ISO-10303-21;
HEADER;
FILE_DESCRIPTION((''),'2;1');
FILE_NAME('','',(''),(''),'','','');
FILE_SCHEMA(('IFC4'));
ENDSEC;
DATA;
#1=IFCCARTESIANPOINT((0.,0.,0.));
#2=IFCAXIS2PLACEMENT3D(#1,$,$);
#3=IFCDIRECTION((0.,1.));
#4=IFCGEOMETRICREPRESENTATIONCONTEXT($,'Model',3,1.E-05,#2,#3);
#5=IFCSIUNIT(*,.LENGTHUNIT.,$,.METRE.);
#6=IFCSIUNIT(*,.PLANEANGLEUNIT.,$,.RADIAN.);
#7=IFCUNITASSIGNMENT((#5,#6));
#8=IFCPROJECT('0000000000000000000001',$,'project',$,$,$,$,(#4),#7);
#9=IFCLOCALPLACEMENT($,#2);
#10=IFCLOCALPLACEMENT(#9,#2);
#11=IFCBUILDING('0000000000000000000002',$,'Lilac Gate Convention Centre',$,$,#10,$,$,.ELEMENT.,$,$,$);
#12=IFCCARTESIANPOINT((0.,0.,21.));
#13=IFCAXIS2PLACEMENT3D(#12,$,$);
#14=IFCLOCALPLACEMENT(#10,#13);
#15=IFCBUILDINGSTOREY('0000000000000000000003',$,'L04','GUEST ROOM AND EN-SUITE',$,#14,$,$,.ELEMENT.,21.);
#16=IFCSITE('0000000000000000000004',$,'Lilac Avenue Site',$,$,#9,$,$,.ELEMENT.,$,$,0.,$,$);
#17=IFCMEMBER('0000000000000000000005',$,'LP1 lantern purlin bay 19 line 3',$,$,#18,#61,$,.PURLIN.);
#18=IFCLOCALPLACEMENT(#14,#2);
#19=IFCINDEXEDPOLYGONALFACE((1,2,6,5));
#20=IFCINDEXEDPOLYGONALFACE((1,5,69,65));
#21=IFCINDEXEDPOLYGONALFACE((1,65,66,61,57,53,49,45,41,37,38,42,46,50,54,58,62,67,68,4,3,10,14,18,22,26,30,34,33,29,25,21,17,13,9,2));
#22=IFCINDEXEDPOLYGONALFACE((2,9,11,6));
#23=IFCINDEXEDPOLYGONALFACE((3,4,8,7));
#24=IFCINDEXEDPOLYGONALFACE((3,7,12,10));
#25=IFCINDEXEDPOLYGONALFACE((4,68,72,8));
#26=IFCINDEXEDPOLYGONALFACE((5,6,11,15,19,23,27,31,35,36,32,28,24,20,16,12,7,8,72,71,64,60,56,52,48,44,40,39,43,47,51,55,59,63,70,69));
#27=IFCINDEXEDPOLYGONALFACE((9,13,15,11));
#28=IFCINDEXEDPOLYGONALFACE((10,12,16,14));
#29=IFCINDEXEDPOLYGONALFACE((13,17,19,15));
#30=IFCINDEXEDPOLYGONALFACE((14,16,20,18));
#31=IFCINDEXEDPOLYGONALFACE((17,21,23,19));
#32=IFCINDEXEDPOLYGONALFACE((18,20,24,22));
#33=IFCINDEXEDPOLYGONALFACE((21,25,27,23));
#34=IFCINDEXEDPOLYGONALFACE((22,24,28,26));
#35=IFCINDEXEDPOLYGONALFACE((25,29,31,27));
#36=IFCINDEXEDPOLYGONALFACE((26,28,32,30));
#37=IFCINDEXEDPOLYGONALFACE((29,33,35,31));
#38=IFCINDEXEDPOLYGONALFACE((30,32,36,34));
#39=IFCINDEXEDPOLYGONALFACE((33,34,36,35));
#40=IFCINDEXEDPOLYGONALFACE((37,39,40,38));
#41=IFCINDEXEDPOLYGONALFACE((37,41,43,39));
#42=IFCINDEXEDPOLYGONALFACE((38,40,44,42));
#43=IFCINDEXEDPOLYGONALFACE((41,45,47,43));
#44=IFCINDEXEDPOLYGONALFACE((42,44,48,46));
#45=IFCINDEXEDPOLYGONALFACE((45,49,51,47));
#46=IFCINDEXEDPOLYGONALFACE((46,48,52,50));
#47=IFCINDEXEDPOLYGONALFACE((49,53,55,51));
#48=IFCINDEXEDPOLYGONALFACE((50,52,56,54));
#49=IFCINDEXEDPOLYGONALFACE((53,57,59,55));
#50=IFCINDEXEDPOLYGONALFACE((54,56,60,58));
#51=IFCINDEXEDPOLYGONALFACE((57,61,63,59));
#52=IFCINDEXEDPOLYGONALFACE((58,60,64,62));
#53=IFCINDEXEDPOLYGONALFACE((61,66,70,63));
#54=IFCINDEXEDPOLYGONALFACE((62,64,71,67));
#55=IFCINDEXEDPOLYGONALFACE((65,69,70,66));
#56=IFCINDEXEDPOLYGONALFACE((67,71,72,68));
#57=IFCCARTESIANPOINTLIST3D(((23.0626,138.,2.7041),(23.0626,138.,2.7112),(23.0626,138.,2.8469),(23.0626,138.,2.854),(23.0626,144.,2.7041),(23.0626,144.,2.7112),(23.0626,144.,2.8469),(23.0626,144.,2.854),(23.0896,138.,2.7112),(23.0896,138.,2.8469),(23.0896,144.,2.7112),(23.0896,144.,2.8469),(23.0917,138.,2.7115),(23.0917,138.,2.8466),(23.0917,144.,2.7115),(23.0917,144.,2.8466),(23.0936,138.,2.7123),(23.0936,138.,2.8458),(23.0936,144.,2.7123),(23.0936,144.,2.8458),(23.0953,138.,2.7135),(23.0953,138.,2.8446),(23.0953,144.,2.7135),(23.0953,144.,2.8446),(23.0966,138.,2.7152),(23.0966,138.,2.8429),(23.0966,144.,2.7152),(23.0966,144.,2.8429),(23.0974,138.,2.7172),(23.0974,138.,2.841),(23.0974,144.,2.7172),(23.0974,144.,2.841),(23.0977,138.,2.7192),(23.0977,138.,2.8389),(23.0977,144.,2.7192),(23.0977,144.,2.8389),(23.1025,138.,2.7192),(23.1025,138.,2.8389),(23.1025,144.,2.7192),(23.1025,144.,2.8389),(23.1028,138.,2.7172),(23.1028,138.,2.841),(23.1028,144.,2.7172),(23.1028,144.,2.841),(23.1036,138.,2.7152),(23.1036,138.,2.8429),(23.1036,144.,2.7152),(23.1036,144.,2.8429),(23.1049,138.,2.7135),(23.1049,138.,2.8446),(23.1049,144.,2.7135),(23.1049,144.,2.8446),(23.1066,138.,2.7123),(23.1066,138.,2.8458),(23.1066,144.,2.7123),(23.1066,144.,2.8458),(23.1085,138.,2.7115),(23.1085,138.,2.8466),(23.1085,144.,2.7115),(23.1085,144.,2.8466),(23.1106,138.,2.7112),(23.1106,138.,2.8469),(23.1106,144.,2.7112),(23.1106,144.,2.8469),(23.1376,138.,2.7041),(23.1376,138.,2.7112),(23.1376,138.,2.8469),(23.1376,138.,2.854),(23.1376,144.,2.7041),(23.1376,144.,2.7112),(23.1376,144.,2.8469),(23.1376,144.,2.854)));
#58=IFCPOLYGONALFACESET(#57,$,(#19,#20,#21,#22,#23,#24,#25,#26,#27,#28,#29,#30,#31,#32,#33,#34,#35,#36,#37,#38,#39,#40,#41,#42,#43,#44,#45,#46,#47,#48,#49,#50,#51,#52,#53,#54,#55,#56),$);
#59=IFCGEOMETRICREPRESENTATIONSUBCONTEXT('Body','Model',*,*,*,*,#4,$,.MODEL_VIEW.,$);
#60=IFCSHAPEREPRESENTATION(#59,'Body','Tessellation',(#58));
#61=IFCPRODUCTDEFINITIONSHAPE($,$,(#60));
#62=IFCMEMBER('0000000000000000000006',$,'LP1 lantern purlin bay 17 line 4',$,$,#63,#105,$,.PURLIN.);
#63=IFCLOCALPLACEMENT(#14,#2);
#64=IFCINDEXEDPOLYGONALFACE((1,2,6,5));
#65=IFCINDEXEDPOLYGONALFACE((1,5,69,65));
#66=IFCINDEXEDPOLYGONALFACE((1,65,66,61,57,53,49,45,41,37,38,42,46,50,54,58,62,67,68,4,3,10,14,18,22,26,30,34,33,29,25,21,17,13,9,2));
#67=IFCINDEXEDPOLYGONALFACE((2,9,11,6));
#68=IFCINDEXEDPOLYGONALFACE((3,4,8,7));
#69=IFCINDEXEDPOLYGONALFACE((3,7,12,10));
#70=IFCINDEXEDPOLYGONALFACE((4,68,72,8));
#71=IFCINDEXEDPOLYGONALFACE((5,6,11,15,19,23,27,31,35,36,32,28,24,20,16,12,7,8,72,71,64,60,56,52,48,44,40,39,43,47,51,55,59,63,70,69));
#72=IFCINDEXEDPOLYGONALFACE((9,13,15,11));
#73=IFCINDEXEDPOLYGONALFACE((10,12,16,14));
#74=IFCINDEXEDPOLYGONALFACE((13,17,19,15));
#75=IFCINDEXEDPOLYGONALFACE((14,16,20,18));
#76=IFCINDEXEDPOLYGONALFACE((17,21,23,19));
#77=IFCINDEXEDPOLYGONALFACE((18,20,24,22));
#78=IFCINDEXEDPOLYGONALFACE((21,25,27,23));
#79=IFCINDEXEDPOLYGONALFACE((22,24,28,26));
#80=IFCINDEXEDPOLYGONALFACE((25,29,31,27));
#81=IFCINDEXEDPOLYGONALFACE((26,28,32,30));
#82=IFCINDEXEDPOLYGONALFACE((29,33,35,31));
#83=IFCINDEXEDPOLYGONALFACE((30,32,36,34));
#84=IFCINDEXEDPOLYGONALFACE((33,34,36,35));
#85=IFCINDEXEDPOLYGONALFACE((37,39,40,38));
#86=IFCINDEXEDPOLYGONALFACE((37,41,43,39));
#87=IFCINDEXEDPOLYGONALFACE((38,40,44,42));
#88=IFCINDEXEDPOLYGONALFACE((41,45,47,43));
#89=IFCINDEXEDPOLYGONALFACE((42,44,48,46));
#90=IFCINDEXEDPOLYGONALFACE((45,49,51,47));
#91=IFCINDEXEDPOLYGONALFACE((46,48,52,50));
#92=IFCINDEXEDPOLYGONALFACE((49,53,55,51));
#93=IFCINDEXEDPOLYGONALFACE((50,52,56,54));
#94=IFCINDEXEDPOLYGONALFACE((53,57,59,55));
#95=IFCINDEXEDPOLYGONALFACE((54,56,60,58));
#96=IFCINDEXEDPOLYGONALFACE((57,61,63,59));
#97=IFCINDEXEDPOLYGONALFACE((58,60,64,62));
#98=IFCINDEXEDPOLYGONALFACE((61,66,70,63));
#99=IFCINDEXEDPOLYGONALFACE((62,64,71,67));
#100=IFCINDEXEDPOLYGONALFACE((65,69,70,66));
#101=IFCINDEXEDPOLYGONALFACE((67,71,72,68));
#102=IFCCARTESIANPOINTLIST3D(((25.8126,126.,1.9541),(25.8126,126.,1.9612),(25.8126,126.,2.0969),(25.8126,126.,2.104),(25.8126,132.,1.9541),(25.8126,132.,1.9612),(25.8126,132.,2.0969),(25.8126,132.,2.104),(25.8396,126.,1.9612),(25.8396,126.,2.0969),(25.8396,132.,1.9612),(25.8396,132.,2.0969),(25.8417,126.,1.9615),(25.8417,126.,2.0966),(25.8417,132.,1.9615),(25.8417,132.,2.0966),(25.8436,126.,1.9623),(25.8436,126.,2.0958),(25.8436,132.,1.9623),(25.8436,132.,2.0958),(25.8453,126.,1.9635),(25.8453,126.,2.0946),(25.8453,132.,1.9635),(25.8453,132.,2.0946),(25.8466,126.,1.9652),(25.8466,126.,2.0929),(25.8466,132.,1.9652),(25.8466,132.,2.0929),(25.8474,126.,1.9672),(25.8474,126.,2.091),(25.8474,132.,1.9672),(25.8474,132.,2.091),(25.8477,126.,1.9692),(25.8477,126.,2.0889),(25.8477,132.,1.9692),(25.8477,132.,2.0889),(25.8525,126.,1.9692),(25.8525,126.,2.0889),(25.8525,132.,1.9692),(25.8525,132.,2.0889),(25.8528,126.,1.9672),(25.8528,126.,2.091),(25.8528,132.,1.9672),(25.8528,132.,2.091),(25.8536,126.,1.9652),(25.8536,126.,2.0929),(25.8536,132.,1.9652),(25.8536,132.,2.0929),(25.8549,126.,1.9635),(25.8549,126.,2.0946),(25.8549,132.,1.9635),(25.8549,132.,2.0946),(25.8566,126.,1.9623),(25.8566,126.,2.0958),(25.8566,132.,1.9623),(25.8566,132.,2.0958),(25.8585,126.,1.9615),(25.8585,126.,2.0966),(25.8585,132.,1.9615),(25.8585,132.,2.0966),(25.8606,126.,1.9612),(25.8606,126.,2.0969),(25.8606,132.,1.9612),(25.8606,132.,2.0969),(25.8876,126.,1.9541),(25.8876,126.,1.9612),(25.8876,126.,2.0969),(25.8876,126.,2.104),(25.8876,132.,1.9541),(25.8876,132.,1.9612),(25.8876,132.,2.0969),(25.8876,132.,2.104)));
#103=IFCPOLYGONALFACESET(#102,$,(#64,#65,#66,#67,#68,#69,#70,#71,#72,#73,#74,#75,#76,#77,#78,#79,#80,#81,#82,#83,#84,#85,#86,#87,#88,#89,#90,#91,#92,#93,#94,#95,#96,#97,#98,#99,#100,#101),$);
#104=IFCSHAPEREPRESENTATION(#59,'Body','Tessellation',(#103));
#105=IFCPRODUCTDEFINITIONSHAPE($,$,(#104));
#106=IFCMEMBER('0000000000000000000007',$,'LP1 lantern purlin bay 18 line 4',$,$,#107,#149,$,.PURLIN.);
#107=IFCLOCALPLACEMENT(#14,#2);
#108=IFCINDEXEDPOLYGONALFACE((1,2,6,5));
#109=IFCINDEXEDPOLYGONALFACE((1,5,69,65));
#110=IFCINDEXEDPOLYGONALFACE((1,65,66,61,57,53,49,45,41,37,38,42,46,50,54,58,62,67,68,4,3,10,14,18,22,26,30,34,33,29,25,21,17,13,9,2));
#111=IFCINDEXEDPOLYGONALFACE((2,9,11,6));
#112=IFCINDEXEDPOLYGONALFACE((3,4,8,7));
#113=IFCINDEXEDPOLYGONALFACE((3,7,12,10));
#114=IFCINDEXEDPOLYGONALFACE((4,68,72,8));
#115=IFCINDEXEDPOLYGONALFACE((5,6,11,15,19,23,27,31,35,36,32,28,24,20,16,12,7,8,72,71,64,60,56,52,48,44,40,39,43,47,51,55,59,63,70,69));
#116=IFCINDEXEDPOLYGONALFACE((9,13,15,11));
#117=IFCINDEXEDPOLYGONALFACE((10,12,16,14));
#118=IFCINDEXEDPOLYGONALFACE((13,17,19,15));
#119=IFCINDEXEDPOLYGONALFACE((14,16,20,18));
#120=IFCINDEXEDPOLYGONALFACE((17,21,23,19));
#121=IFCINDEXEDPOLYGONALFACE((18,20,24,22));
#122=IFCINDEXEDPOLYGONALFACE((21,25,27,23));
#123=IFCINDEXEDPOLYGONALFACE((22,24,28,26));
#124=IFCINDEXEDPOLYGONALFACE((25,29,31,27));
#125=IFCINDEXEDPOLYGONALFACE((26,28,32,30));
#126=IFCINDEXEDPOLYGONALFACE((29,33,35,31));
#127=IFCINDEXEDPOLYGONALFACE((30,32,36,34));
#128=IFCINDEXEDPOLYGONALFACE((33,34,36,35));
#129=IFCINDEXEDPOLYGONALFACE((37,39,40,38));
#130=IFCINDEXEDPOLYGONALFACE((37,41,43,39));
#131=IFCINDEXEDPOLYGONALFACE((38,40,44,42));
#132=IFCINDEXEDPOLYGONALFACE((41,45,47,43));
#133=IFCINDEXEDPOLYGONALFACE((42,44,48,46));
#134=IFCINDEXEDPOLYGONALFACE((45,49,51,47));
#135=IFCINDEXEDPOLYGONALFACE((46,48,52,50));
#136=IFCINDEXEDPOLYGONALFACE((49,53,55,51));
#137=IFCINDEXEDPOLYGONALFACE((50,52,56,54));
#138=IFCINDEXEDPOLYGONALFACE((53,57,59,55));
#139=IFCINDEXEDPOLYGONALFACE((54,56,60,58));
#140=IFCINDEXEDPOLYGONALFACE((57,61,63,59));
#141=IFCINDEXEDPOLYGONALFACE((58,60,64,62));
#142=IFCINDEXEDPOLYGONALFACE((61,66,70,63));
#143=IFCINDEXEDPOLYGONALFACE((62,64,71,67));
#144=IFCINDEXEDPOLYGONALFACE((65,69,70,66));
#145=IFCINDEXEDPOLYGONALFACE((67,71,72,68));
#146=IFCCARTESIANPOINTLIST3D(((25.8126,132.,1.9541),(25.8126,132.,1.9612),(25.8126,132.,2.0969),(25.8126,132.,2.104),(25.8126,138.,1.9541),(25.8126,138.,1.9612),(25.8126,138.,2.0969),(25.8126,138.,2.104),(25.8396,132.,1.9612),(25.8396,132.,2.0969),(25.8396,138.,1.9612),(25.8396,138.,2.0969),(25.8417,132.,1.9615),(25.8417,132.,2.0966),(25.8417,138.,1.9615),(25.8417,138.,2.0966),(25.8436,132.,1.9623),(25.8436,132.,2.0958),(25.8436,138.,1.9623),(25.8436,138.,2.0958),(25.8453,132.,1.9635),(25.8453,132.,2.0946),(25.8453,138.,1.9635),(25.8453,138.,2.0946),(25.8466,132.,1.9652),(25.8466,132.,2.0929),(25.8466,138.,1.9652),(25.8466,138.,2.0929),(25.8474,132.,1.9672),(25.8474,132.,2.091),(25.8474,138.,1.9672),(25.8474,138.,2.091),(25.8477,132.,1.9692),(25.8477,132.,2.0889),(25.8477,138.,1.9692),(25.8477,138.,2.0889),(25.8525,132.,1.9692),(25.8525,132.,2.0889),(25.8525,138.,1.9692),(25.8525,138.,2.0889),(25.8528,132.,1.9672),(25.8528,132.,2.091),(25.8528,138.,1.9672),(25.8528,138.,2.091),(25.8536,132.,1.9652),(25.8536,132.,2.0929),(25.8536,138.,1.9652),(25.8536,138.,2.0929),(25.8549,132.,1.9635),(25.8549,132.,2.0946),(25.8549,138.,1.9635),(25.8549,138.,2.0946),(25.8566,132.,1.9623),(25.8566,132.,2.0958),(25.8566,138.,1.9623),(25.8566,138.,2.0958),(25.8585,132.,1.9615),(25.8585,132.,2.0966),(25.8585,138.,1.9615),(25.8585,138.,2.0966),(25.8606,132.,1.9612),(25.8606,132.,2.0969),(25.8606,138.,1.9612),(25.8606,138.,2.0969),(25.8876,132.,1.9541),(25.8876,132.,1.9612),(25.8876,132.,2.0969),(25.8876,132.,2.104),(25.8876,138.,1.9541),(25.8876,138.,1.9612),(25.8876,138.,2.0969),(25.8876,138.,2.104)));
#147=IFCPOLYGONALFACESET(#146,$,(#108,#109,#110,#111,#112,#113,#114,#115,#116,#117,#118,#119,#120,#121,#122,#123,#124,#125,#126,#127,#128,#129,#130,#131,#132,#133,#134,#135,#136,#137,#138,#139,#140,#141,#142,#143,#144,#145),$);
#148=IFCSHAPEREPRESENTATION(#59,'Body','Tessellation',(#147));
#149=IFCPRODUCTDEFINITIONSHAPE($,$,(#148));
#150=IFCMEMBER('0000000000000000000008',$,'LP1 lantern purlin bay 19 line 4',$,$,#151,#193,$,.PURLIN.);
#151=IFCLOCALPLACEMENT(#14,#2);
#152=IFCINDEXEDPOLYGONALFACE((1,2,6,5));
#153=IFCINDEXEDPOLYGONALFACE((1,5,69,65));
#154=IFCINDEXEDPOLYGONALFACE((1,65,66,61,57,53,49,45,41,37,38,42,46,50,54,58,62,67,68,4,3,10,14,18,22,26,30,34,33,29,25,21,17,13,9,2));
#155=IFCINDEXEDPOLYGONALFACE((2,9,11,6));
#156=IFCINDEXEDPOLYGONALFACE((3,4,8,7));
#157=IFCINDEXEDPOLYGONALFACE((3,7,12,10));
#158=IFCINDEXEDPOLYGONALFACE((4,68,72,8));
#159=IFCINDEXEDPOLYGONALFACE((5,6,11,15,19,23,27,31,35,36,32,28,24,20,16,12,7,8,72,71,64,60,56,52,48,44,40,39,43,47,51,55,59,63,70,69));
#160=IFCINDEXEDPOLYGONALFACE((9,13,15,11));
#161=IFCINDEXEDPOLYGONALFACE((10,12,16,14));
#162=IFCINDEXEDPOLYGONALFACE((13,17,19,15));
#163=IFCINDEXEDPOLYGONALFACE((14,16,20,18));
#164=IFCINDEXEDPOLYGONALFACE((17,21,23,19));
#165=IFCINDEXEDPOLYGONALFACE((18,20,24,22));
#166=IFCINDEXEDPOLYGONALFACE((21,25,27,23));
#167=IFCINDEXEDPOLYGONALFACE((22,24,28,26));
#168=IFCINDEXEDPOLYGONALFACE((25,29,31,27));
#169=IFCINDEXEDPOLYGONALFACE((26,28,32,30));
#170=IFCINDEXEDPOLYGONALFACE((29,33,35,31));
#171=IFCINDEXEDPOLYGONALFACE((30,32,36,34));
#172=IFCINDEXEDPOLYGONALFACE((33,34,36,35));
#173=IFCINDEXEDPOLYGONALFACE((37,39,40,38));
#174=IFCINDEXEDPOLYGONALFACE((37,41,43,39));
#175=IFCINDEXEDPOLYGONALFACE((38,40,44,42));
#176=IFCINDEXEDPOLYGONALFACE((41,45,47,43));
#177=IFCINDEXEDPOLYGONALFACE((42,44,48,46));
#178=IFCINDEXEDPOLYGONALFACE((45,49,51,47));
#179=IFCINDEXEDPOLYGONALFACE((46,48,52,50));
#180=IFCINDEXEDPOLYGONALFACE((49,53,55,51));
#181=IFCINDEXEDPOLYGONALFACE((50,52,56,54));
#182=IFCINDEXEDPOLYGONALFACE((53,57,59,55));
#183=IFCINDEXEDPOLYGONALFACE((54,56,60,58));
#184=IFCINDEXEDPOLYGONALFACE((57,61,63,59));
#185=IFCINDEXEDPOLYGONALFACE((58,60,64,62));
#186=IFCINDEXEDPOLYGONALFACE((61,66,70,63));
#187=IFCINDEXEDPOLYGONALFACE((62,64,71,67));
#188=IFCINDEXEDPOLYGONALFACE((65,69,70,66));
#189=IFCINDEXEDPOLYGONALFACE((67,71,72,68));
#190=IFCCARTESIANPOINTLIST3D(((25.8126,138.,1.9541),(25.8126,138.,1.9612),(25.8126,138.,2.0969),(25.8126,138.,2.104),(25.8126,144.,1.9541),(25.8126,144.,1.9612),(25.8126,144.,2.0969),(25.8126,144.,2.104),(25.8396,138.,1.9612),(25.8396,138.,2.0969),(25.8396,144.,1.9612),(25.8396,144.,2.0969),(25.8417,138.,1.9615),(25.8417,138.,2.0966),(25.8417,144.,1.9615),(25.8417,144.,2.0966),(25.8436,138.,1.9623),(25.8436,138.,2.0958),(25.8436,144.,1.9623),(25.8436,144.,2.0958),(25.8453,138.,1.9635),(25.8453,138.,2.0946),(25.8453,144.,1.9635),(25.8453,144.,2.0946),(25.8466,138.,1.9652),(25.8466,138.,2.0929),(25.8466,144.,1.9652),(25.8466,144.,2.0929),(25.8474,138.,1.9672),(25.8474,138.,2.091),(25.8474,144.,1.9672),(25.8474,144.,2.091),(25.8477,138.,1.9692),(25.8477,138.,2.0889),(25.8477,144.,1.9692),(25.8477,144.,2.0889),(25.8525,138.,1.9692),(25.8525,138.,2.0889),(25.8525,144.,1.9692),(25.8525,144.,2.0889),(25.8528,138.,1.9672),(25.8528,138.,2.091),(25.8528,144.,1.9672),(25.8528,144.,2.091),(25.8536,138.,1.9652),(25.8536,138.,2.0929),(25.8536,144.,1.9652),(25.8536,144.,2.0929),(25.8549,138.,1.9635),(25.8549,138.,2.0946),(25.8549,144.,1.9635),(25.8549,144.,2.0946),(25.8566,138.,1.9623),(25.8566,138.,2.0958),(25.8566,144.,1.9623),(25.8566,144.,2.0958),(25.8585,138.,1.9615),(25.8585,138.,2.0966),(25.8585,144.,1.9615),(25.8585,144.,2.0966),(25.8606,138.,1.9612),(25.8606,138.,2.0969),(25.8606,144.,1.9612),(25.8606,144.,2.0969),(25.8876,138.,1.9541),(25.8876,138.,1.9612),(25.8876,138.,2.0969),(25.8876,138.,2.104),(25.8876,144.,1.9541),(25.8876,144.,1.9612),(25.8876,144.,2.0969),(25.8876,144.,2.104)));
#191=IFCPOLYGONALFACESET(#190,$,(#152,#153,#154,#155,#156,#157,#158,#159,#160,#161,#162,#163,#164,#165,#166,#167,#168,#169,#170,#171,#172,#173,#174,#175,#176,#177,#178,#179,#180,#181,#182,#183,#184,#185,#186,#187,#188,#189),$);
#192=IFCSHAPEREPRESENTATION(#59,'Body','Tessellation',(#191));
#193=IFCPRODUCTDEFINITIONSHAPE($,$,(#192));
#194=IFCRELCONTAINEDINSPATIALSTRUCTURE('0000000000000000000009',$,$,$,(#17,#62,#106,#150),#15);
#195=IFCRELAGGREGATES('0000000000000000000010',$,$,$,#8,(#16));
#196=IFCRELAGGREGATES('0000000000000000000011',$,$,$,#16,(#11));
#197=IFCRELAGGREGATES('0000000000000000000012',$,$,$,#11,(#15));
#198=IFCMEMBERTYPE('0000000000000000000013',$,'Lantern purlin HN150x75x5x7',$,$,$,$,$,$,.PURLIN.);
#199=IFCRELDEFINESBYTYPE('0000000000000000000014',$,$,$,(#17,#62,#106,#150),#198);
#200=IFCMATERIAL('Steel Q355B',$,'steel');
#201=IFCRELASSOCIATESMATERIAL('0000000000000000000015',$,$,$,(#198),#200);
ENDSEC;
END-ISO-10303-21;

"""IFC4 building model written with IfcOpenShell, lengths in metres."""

from ifc_helpers import new_model, si_unit, direction, frame, origin, origin_2d, place, context, subcontext, project, spatial, i_section, extrude, material, material_profile, profile_set, type_object, element, save


model = new_model("IFC4")

# Units and contexts
model_context = context("Model", 3, precision=1e-05, world=origin(), true_north=direction((0.0, 1.0)))
body_context = subcontext(model_context, "Body", "Model", "MODEL_VIEW")
ifc_project = project(units=[si_unit("LENGTHUNIT", "METRE"), si_unit("PLANEANGLEUNIT", "RADIAN")], contexts=[model_context])

# Site, building, storey
site_placement = place(None, origin())
site = spatial("IfcSite", under=ifc_project, at=site_placement, Name="Lilac Avenue Site", CompositionType="ELEMENT", RefElevation=0.0)
building_placement = place(site_placement, origin())
building = spatial("IfcBuilding", under=site, at=building_placement, Name="Lilac Gate Convention Centre", CompositionType="ELEMENT")
storey_placement = place(building_placement, frame((0.0, 0.0, 21.0)))
storey = spatial("IfcBuildingStorey", under=building, at=storey_placement, Name="L04", Description="GUEST ROOM AND EN-SUITE", CompositionType="ELEMENT", Elevation=21.0)

# Members
ifc_material_1 = material(Name="Steel Q355B", Category="steel")
ifc_material_profile_1 = material_profile(ifc_material_1, i_section(OverallWidth=0.075, OverallDepth=0.1499, WebThickness=0.0049, FlangeThickness=0.0071, FilletRadius=0.0081, at=origin_2d()), Name="HN150x75x5x7")
ifc_profile_set_1 = profile_set([ifc_material_profile_1], Name="Steel Q355B")
member_type_1 = type_object("IfcMemberType", Name="Lantern purlin HN150x75x5x7", PredefinedType="PURLIN", material=ifc_profile_set_1)
for number, where, z_axis, x_axis, name in (
    (1, (23.1001, 138.0, 2.7791), (0.0, 1.0, 0.0), (-1.0, 0.0, 0.0), "LP1 lantern purlin bay 19 line 3"),
    (2, (25.8501, 126.0, 2.0291), (0.0, 1.0, 0.0), (-1.0, 0.0, 0.0), "LP1 lantern purlin bay 17 line 4"),
    (3, (25.8501, 132.0, 2.0291), (0.0, 1.0, 0.0), (-1.0, 0.0, 0.0), "LP1 lantern purlin bay 18 line 4"),
    (4, (25.8501, 138.0, 2.0291), (0.0, 1.0, 0.0), (-1.0, 0.0, 0.0), "LP1 lantern purlin bay 19 line 4"),
):
    element("IfcMember", number, at=place(storey_placement, frame(where, z_axis=z_axis, x_axis=x_axis)), inside=storey, type_object=member_type_1, Name=name, PredefinedType="PURLIN", context=body_context, shape_type="SweptSolid", body=[
        extrude(i_section(OverallWidth=0.075, OverallDepth=0.1499, WebThickness=0.0049, FlangeThickness=0.0071, FilletRadius=0.0081, at=origin_2d()), origin(), (0.0, 0.0, 1.0), 6.0),
    ])

save(model, "model.ifc")
